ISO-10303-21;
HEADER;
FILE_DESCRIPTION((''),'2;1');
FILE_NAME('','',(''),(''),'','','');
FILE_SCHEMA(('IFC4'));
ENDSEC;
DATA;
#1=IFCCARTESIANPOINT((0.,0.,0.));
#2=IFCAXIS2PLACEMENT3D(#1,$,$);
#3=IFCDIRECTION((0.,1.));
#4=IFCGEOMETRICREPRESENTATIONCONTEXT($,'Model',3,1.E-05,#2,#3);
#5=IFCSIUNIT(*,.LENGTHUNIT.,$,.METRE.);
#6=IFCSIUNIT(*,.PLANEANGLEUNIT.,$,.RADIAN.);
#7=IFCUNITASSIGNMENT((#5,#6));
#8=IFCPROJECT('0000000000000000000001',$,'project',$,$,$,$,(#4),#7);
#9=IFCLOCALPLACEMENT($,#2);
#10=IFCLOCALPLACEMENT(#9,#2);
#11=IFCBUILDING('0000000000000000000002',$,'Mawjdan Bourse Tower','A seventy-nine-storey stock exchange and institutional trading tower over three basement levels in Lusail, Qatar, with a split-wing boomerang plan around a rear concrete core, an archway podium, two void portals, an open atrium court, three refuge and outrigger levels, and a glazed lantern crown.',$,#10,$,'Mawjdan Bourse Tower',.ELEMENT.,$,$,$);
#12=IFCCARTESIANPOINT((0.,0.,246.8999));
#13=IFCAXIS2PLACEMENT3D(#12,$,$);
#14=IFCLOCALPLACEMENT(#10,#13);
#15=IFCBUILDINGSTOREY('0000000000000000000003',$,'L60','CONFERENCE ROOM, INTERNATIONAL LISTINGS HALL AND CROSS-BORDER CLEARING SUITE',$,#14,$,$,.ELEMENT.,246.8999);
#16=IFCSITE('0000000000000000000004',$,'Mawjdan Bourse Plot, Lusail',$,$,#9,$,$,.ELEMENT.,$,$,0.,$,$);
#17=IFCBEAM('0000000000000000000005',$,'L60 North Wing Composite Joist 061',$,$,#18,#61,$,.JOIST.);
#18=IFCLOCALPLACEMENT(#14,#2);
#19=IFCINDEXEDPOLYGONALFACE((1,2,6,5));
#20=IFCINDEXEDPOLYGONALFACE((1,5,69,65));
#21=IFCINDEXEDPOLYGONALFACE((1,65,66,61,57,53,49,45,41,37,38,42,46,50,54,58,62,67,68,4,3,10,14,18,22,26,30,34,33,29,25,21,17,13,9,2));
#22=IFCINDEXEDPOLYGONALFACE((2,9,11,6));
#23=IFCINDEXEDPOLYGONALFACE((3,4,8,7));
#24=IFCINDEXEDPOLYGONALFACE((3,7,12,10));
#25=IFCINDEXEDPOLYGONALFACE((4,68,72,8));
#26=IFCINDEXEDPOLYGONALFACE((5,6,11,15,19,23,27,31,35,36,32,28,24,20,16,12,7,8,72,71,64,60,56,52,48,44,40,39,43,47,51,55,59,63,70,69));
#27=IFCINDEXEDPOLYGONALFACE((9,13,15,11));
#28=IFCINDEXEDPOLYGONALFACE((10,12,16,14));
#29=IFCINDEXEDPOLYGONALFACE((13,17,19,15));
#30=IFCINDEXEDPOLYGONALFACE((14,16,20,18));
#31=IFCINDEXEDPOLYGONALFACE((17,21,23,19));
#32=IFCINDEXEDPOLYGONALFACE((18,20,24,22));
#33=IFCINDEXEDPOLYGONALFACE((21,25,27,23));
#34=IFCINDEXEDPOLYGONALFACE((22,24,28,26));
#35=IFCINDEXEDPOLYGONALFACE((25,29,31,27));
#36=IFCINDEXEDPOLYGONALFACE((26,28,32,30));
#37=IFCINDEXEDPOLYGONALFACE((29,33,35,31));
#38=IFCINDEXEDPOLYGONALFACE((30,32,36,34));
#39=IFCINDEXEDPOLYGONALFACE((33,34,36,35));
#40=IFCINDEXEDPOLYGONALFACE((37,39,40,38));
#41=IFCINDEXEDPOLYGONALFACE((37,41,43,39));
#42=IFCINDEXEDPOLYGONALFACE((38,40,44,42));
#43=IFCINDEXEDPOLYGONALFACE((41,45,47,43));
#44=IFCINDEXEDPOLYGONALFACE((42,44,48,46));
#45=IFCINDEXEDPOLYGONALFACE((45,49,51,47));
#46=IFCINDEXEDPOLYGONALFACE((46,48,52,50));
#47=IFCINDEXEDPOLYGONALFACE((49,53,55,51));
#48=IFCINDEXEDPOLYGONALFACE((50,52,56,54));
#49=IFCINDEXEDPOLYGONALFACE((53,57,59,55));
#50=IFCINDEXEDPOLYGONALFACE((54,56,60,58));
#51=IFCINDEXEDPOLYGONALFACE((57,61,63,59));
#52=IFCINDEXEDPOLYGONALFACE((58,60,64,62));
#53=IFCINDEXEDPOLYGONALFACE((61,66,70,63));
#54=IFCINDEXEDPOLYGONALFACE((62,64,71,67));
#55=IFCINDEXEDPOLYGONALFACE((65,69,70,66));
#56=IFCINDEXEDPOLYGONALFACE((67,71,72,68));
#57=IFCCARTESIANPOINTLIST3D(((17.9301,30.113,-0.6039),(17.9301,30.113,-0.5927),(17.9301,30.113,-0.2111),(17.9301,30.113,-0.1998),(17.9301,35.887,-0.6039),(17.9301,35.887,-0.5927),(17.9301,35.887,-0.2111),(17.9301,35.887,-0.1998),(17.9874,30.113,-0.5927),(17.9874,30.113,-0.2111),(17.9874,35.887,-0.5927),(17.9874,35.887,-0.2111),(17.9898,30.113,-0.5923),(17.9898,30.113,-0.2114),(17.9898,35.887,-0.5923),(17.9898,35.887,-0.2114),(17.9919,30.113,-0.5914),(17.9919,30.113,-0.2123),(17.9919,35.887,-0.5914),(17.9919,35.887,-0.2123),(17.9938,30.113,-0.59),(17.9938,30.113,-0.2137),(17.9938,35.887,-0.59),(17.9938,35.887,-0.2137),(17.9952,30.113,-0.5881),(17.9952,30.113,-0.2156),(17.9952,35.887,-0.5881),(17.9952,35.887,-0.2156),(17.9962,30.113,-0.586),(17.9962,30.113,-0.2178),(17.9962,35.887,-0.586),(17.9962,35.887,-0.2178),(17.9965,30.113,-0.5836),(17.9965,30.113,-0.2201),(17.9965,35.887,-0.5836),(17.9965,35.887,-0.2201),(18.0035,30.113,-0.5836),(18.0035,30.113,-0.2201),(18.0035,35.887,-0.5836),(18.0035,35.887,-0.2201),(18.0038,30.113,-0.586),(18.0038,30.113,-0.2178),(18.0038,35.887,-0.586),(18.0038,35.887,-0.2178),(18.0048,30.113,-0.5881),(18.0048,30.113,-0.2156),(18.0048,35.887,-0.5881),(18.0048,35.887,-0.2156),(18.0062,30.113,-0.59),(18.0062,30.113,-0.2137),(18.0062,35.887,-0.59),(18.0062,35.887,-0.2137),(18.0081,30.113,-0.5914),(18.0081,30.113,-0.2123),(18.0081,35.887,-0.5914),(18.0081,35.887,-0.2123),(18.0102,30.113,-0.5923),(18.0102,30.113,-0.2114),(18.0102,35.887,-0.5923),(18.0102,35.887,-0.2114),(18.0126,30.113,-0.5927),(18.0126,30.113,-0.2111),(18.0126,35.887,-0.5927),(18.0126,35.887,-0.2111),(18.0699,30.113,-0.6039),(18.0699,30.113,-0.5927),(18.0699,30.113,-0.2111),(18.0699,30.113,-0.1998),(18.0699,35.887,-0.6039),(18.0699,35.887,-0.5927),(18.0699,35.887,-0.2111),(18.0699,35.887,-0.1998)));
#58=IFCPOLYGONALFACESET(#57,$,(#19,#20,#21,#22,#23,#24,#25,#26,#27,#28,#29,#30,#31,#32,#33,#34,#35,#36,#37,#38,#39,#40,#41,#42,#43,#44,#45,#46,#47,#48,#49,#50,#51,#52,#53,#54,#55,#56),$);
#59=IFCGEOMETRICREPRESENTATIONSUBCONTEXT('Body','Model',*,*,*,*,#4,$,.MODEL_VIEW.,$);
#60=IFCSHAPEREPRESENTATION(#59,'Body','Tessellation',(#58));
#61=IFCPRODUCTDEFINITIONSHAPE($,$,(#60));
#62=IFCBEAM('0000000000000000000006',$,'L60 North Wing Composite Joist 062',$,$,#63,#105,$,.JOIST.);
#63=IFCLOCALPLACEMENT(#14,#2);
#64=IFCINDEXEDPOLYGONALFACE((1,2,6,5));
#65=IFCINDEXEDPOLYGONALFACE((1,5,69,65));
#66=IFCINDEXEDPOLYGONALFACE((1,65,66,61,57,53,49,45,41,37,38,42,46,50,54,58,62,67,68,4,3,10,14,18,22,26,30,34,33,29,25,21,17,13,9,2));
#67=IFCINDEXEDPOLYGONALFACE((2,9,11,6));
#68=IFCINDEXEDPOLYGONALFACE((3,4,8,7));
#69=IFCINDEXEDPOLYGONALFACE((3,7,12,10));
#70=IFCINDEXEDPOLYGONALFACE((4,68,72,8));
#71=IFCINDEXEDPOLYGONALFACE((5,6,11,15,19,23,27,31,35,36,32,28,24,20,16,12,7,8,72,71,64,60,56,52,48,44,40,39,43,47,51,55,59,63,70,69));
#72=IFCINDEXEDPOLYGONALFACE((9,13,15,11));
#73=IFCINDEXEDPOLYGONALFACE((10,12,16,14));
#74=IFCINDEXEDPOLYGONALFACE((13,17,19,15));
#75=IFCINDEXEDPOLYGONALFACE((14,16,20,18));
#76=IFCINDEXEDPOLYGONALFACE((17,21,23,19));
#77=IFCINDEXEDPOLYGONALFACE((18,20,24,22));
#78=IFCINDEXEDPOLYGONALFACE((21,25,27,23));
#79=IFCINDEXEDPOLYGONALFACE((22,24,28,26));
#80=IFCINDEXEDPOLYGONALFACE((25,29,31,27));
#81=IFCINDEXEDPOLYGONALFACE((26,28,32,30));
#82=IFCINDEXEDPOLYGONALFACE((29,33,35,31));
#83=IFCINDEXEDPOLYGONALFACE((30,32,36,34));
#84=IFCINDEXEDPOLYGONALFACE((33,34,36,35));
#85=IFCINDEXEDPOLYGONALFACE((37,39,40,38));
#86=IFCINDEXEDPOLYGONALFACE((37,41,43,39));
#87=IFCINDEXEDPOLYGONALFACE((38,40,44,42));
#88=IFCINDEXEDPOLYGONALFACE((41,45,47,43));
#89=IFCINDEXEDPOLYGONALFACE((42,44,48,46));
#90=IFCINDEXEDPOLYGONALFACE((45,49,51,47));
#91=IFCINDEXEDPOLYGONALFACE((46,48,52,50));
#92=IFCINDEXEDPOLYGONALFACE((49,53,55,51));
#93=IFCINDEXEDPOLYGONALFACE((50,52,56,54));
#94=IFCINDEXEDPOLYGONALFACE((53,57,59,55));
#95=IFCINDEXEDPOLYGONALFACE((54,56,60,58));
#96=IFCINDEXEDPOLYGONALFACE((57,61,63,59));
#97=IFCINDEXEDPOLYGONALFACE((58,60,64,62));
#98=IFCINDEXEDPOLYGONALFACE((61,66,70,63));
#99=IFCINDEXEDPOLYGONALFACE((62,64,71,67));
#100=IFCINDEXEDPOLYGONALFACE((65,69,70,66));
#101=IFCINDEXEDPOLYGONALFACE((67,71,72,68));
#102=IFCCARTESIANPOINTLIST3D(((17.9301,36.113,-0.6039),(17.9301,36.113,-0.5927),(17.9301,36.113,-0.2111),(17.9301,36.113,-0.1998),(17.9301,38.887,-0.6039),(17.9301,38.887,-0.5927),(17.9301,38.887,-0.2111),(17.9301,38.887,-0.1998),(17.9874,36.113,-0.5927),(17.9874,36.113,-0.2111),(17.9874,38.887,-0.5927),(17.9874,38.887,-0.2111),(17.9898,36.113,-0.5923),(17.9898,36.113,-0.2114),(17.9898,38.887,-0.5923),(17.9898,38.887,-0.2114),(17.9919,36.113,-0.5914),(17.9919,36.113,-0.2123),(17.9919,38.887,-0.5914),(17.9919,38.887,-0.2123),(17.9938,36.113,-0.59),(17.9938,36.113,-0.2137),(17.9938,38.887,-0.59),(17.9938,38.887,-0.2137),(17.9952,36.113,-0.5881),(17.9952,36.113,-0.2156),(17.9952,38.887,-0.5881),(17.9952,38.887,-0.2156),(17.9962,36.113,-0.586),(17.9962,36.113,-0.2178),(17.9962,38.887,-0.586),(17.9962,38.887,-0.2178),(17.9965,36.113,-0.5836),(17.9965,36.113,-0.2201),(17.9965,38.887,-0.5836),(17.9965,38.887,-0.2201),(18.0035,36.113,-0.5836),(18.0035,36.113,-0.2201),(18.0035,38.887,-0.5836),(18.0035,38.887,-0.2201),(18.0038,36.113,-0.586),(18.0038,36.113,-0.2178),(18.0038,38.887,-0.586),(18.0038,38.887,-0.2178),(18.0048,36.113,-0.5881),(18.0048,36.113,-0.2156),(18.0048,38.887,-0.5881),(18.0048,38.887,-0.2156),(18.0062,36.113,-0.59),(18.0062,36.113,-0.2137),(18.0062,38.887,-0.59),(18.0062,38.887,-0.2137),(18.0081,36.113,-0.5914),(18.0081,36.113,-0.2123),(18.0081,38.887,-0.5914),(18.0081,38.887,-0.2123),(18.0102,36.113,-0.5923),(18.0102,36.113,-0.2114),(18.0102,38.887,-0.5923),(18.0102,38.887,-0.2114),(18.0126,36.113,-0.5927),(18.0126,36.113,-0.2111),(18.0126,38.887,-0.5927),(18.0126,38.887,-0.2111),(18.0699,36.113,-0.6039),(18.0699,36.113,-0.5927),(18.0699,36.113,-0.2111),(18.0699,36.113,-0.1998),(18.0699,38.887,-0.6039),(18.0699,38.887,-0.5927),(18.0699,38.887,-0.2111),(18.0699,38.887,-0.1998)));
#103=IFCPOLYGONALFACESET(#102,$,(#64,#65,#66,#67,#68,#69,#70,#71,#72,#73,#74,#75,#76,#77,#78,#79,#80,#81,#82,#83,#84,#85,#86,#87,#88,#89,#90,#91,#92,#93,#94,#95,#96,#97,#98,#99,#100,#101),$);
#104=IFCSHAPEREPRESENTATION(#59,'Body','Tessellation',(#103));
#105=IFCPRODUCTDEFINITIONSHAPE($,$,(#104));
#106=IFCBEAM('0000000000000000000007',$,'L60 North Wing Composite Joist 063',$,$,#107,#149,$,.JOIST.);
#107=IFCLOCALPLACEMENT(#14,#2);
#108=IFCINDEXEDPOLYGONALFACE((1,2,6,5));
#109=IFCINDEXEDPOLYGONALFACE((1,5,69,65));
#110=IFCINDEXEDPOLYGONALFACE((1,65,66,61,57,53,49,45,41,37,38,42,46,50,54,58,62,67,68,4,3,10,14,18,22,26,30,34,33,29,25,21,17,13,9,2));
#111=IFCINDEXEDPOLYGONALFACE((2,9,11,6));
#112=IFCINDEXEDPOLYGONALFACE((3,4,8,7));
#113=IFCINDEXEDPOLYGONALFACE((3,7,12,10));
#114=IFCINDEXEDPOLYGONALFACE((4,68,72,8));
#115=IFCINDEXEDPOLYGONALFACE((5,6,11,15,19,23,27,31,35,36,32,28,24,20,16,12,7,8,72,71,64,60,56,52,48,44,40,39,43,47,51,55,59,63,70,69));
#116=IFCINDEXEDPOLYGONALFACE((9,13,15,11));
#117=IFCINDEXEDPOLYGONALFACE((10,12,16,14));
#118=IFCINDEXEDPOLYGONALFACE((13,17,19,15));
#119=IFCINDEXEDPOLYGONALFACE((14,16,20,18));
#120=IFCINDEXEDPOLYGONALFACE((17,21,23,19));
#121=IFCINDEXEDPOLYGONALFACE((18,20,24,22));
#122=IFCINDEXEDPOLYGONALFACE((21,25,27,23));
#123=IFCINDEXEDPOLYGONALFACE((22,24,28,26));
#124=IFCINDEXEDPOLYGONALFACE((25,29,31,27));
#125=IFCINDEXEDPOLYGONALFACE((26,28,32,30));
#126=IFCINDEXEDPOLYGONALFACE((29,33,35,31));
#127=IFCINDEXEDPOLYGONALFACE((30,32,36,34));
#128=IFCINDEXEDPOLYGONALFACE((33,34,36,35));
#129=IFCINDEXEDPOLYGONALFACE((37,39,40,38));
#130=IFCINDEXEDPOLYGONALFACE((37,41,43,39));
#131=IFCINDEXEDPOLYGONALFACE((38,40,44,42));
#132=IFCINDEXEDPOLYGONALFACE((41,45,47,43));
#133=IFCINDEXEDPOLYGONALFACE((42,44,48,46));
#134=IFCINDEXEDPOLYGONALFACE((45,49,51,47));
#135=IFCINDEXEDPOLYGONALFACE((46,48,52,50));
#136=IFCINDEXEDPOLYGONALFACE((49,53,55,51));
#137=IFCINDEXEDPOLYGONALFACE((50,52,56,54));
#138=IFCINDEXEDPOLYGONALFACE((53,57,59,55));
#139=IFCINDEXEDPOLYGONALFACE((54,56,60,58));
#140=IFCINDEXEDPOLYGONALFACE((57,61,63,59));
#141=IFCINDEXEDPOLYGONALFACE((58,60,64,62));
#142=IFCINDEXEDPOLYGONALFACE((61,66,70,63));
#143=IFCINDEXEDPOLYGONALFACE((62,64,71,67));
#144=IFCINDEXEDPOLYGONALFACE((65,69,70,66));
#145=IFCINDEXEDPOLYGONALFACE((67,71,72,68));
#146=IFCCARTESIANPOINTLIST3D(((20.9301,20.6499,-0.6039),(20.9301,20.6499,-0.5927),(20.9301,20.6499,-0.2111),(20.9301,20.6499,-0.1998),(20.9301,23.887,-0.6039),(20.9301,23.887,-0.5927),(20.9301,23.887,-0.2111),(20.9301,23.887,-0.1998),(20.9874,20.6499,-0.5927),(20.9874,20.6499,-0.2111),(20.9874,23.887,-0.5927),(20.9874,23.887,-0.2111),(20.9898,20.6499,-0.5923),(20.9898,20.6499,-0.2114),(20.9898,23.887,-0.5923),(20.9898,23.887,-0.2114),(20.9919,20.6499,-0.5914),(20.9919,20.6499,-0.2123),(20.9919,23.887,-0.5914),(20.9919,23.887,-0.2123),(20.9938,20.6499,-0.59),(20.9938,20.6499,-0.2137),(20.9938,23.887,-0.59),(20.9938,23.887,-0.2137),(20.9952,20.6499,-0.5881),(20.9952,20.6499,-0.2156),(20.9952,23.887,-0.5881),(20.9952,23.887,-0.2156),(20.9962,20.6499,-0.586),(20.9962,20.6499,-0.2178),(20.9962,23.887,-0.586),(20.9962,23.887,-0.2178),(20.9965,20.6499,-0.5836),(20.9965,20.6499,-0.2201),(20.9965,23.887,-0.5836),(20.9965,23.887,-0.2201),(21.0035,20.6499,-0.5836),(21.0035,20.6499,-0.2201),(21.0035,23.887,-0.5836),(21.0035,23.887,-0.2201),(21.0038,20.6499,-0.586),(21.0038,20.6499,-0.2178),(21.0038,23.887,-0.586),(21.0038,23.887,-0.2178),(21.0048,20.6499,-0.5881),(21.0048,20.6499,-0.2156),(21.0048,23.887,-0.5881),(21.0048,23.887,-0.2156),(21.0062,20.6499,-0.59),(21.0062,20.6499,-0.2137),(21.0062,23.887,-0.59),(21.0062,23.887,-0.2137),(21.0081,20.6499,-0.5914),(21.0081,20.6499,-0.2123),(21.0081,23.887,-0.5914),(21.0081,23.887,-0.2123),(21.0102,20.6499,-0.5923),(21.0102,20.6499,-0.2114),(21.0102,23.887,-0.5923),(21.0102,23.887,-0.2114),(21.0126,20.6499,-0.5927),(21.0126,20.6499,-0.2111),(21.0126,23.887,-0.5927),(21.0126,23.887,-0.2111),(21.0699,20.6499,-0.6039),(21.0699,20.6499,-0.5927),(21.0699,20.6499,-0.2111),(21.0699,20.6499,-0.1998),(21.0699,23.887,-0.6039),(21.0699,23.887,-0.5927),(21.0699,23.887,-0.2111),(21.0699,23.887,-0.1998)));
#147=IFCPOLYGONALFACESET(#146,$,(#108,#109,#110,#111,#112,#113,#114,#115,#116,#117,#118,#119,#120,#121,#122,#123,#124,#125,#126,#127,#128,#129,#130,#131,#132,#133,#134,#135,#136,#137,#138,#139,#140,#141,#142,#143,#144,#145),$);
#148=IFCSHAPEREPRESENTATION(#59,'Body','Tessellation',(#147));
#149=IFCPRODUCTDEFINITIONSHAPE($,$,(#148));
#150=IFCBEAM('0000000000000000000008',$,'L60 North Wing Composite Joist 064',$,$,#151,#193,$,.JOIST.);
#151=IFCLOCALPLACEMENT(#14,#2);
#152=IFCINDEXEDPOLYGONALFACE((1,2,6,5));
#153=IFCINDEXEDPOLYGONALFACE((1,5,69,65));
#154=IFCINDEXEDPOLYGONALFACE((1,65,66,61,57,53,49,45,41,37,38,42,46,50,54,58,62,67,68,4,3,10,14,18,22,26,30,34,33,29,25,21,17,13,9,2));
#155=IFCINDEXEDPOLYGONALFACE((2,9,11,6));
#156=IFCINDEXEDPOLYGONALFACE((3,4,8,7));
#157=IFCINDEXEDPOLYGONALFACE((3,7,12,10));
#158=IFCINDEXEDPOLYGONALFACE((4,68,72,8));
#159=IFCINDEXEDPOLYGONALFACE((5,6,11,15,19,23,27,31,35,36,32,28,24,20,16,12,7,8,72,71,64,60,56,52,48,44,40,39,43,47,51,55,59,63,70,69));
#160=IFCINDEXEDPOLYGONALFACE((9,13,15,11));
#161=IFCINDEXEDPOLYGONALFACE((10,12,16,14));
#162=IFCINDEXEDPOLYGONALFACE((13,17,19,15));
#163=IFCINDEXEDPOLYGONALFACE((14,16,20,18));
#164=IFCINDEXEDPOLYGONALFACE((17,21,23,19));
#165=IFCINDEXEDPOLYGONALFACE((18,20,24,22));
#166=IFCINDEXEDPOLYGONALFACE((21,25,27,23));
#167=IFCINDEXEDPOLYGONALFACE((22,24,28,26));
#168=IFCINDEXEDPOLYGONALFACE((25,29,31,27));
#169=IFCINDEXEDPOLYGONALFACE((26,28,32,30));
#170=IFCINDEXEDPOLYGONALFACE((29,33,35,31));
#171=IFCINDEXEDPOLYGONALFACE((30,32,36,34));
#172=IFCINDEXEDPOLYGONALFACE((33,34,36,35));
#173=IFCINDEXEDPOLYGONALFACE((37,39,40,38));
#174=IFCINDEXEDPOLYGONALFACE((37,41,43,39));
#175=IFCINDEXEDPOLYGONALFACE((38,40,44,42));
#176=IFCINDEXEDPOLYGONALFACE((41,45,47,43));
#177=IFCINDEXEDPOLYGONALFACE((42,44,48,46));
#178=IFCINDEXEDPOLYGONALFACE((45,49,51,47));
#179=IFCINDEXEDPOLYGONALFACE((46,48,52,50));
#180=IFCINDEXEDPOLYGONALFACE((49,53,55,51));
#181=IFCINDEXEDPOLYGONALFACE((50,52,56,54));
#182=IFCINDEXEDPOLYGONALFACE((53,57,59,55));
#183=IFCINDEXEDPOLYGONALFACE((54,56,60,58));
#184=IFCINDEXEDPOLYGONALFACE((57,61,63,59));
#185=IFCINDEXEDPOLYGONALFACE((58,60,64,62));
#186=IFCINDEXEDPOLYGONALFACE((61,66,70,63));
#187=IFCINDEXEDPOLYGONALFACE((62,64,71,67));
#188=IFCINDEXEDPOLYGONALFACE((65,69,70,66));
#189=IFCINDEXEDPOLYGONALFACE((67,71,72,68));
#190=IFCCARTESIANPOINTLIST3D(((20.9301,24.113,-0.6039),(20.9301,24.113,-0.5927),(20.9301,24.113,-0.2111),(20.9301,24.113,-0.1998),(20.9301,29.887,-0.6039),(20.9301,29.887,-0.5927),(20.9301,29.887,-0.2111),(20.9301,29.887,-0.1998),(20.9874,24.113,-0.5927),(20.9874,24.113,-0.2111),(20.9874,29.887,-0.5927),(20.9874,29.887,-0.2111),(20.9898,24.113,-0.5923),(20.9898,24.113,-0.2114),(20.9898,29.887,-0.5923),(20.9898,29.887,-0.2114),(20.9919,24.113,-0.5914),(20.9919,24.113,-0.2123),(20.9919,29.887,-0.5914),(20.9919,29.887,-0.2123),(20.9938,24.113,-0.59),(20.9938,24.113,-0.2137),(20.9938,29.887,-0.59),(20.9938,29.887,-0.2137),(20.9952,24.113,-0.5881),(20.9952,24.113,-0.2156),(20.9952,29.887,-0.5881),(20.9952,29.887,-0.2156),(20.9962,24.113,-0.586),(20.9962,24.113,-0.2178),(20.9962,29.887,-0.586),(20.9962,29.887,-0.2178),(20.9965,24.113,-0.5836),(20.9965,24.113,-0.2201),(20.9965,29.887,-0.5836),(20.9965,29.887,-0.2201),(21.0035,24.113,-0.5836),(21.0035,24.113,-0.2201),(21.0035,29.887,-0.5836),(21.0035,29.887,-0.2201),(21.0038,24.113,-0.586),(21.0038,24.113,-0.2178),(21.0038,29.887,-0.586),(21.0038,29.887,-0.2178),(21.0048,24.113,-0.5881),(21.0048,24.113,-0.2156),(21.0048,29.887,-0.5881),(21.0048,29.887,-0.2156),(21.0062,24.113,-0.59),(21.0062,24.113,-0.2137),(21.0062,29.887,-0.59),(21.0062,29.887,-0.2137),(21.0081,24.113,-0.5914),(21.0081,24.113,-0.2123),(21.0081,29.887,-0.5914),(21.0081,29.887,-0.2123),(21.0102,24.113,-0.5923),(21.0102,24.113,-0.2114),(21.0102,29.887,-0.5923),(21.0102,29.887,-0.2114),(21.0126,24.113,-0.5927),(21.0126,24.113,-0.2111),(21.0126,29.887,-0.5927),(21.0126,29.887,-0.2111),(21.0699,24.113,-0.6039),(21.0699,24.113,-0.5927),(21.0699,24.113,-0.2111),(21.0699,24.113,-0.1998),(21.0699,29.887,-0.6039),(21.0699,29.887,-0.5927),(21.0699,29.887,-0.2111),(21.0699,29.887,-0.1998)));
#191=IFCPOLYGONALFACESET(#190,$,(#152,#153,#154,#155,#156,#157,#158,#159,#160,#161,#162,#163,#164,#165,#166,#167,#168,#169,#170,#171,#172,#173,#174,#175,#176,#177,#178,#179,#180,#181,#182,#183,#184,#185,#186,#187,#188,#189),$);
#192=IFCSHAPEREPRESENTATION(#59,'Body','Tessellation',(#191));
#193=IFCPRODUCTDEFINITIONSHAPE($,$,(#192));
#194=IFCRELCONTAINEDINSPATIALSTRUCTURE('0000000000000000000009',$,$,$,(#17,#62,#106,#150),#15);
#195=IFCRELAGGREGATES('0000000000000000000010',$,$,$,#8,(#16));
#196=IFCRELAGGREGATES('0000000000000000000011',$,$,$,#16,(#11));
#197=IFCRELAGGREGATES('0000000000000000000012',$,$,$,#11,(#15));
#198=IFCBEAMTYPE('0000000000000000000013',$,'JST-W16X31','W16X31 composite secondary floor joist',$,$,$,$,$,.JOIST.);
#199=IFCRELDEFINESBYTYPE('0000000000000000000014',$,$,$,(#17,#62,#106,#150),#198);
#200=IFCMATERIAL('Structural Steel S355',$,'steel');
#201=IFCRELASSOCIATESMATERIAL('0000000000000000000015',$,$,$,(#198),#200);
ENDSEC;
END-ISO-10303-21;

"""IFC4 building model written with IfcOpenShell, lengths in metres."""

from ifc_helpers import new_model, si_unit, direction, frame, origin, origin_2d, place, context, subcontext, project, spatial, i_section, extrude, material, material_profile, profile_set, type_object, element, save


model = new_model("IFC4")

# Units and contexts
model_context = context("Model", 3, precision=1e-05, world=origin(), true_north=direction((0.0, 1.0)))
body_context = subcontext(model_context, "Body", "Model", "MODEL_VIEW")
ifc_project = project(units=[si_unit("LENGTHUNIT", "METRE"), si_unit("PLANEANGLEUNIT", "RADIAN")], contexts=[model_context])

# Site, building, storey
site_placement = place(None, origin())
site = spatial("IfcSite", under=ifc_project, at=site_placement, Name="Mawjdan Bourse Plot, Lusail", CompositionType="ELEMENT", RefElevation=0.0)
building_placement = place(site_placement, origin())
building = spatial("IfcBuilding", under=site, at=building_placement, Name="Mawjdan Bourse Tower", Description="A seventy-nine-storey stock exchange and institutional trading tower over three basement levels in Lusail, Qatar, with a split-wing boomerang plan around a rear concrete core, an archway podium, two void portals, an open atrium court, three refuge and outrigger levels, and a glazed lantern crown.", LongName="Mawjdan Bourse Tower", CompositionType="ELEMENT")
storey_placement = place(building_placement, frame((0.0, 0.0, 246.8999)))
storey = spatial("IfcBuildingStorey", under=building, at=storey_placement, Name="L60", Description="CONFERENCE ROOM, INTERNATIONAL LISTINGS HALL AND CROSS-BORDER CLEARING SUITE", CompositionType="ELEMENT", Elevation=246.8999)

# Beams
ifc_material_1 = material(Name="Structural Steel S355", Category="steel")
ifc_material_profile_1 = material_profile(ifc_material_1, i_section(OverallWidth=0.1399, OverallDepth=0.4041, WebThickness=0.0071, FlangeThickness=0.0112, FilletRadius=0.009, at=origin_2d()), Name="W16X31")
ifc_profile_set_1 = profile_set([ifc_material_profile_1], Name="Structural Steel S355")
beam_type_1 = type_object("IfcBeamType", Name="JST-W16X31", Description="W16X31 composite secondary floor joist", PredefinedType="JOIST", material=ifc_profile_set_1)
for number, where, z_axis, x_axis, name in (
    (1, (18.0, 30.113, -0.4019), (0.0, 1.0, 0.0), (-1.0, 0.0, 0.0), "L60 North Wing Composite Joist 061"),
):
    element("IfcBeam", number, at=place(storey_placement, frame(where, z_axis=z_axis, x_axis=x_axis)), inside=storey, type_object=beam_type_1, Name=name, PredefinedType="JOIST", context=body_context, shape_type="SweptSolid", body=[
        extrude(i_section(OverallWidth=0.1399, OverallDepth=0.4041, WebThickness=0.0071, FlangeThickness=0.0112, FilletRadius=0.009, at=origin_2d()), origin(), (0.0, 0.0, 1.0), 5.7739),
    ])
beam_1_placement = place(storey_placement, frame((18.0, 36.113, -0.4019), z_axis=(0.0, 1.0, 0.0), x_axis=(-1.0, 0.0, 0.0)))
element("IfcBeam", 2, at=beam_1_placement, inside=storey, type_object=beam_type_1, Name="L60 North Wing Composite Joist 062", PredefinedType="JOIST", context=body_context, shape_type="SweptSolid", body=[
    extrude(i_section(OverallWidth=0.1399, OverallDepth=0.4041, WebThickness=0.0071, FlangeThickness=0.0112, FilletRadius=0.009, at=origin_2d()), origin(), (0.0, 0.0, 1.0), 2.7739),
])
beam_2_placement = place(storey_placement, frame((21.0, 20.6499, -0.4019), z_axis=(0.0, 1.0, 0.0), x_axis=(-1.0, 0.0, 0.0)))
element("IfcBeam", 3, at=beam_2_placement, inside=storey, type_object=beam_type_1, Name="L60 North Wing Composite Joist 063", PredefinedType="JOIST", context=body_context, shape_type="SweptSolid", body=[
    extrude(i_section(OverallWidth=0.1399, OverallDepth=0.4041, WebThickness=0.0071, FlangeThickness=0.0112, FilletRadius=0.009, at=origin_2d()), origin(), (0.0, 0.0, 1.0), 3.2371),
])
for number, where, z_axis, x_axis, name in (
    (4, (21.0, 24.113, -0.4019), (0.0, 1.0, 0.0), (-1.0, 0.0, 0.0), "L60 North Wing Composite Joist 064"),
):
    element("IfcBeam", number, at=place(storey_placement, frame(where, z_axis=z_axis, x_axis=x_axis)), inside=storey, type_object=beam_type_1, Name=name, PredefinedType="JOIST", context=body_context, shape_type="SweptSolid", body=[
        extrude(i_section(OverallWidth=0.1399, OverallDepth=0.4041, WebThickness=0.0071, FlangeThickness=0.0112, FilletRadius=0.009, at=origin_2d()), origin(), (0.0, 0.0, 1.0), 5.7739),
    ])

save(model, "model.ifc")
